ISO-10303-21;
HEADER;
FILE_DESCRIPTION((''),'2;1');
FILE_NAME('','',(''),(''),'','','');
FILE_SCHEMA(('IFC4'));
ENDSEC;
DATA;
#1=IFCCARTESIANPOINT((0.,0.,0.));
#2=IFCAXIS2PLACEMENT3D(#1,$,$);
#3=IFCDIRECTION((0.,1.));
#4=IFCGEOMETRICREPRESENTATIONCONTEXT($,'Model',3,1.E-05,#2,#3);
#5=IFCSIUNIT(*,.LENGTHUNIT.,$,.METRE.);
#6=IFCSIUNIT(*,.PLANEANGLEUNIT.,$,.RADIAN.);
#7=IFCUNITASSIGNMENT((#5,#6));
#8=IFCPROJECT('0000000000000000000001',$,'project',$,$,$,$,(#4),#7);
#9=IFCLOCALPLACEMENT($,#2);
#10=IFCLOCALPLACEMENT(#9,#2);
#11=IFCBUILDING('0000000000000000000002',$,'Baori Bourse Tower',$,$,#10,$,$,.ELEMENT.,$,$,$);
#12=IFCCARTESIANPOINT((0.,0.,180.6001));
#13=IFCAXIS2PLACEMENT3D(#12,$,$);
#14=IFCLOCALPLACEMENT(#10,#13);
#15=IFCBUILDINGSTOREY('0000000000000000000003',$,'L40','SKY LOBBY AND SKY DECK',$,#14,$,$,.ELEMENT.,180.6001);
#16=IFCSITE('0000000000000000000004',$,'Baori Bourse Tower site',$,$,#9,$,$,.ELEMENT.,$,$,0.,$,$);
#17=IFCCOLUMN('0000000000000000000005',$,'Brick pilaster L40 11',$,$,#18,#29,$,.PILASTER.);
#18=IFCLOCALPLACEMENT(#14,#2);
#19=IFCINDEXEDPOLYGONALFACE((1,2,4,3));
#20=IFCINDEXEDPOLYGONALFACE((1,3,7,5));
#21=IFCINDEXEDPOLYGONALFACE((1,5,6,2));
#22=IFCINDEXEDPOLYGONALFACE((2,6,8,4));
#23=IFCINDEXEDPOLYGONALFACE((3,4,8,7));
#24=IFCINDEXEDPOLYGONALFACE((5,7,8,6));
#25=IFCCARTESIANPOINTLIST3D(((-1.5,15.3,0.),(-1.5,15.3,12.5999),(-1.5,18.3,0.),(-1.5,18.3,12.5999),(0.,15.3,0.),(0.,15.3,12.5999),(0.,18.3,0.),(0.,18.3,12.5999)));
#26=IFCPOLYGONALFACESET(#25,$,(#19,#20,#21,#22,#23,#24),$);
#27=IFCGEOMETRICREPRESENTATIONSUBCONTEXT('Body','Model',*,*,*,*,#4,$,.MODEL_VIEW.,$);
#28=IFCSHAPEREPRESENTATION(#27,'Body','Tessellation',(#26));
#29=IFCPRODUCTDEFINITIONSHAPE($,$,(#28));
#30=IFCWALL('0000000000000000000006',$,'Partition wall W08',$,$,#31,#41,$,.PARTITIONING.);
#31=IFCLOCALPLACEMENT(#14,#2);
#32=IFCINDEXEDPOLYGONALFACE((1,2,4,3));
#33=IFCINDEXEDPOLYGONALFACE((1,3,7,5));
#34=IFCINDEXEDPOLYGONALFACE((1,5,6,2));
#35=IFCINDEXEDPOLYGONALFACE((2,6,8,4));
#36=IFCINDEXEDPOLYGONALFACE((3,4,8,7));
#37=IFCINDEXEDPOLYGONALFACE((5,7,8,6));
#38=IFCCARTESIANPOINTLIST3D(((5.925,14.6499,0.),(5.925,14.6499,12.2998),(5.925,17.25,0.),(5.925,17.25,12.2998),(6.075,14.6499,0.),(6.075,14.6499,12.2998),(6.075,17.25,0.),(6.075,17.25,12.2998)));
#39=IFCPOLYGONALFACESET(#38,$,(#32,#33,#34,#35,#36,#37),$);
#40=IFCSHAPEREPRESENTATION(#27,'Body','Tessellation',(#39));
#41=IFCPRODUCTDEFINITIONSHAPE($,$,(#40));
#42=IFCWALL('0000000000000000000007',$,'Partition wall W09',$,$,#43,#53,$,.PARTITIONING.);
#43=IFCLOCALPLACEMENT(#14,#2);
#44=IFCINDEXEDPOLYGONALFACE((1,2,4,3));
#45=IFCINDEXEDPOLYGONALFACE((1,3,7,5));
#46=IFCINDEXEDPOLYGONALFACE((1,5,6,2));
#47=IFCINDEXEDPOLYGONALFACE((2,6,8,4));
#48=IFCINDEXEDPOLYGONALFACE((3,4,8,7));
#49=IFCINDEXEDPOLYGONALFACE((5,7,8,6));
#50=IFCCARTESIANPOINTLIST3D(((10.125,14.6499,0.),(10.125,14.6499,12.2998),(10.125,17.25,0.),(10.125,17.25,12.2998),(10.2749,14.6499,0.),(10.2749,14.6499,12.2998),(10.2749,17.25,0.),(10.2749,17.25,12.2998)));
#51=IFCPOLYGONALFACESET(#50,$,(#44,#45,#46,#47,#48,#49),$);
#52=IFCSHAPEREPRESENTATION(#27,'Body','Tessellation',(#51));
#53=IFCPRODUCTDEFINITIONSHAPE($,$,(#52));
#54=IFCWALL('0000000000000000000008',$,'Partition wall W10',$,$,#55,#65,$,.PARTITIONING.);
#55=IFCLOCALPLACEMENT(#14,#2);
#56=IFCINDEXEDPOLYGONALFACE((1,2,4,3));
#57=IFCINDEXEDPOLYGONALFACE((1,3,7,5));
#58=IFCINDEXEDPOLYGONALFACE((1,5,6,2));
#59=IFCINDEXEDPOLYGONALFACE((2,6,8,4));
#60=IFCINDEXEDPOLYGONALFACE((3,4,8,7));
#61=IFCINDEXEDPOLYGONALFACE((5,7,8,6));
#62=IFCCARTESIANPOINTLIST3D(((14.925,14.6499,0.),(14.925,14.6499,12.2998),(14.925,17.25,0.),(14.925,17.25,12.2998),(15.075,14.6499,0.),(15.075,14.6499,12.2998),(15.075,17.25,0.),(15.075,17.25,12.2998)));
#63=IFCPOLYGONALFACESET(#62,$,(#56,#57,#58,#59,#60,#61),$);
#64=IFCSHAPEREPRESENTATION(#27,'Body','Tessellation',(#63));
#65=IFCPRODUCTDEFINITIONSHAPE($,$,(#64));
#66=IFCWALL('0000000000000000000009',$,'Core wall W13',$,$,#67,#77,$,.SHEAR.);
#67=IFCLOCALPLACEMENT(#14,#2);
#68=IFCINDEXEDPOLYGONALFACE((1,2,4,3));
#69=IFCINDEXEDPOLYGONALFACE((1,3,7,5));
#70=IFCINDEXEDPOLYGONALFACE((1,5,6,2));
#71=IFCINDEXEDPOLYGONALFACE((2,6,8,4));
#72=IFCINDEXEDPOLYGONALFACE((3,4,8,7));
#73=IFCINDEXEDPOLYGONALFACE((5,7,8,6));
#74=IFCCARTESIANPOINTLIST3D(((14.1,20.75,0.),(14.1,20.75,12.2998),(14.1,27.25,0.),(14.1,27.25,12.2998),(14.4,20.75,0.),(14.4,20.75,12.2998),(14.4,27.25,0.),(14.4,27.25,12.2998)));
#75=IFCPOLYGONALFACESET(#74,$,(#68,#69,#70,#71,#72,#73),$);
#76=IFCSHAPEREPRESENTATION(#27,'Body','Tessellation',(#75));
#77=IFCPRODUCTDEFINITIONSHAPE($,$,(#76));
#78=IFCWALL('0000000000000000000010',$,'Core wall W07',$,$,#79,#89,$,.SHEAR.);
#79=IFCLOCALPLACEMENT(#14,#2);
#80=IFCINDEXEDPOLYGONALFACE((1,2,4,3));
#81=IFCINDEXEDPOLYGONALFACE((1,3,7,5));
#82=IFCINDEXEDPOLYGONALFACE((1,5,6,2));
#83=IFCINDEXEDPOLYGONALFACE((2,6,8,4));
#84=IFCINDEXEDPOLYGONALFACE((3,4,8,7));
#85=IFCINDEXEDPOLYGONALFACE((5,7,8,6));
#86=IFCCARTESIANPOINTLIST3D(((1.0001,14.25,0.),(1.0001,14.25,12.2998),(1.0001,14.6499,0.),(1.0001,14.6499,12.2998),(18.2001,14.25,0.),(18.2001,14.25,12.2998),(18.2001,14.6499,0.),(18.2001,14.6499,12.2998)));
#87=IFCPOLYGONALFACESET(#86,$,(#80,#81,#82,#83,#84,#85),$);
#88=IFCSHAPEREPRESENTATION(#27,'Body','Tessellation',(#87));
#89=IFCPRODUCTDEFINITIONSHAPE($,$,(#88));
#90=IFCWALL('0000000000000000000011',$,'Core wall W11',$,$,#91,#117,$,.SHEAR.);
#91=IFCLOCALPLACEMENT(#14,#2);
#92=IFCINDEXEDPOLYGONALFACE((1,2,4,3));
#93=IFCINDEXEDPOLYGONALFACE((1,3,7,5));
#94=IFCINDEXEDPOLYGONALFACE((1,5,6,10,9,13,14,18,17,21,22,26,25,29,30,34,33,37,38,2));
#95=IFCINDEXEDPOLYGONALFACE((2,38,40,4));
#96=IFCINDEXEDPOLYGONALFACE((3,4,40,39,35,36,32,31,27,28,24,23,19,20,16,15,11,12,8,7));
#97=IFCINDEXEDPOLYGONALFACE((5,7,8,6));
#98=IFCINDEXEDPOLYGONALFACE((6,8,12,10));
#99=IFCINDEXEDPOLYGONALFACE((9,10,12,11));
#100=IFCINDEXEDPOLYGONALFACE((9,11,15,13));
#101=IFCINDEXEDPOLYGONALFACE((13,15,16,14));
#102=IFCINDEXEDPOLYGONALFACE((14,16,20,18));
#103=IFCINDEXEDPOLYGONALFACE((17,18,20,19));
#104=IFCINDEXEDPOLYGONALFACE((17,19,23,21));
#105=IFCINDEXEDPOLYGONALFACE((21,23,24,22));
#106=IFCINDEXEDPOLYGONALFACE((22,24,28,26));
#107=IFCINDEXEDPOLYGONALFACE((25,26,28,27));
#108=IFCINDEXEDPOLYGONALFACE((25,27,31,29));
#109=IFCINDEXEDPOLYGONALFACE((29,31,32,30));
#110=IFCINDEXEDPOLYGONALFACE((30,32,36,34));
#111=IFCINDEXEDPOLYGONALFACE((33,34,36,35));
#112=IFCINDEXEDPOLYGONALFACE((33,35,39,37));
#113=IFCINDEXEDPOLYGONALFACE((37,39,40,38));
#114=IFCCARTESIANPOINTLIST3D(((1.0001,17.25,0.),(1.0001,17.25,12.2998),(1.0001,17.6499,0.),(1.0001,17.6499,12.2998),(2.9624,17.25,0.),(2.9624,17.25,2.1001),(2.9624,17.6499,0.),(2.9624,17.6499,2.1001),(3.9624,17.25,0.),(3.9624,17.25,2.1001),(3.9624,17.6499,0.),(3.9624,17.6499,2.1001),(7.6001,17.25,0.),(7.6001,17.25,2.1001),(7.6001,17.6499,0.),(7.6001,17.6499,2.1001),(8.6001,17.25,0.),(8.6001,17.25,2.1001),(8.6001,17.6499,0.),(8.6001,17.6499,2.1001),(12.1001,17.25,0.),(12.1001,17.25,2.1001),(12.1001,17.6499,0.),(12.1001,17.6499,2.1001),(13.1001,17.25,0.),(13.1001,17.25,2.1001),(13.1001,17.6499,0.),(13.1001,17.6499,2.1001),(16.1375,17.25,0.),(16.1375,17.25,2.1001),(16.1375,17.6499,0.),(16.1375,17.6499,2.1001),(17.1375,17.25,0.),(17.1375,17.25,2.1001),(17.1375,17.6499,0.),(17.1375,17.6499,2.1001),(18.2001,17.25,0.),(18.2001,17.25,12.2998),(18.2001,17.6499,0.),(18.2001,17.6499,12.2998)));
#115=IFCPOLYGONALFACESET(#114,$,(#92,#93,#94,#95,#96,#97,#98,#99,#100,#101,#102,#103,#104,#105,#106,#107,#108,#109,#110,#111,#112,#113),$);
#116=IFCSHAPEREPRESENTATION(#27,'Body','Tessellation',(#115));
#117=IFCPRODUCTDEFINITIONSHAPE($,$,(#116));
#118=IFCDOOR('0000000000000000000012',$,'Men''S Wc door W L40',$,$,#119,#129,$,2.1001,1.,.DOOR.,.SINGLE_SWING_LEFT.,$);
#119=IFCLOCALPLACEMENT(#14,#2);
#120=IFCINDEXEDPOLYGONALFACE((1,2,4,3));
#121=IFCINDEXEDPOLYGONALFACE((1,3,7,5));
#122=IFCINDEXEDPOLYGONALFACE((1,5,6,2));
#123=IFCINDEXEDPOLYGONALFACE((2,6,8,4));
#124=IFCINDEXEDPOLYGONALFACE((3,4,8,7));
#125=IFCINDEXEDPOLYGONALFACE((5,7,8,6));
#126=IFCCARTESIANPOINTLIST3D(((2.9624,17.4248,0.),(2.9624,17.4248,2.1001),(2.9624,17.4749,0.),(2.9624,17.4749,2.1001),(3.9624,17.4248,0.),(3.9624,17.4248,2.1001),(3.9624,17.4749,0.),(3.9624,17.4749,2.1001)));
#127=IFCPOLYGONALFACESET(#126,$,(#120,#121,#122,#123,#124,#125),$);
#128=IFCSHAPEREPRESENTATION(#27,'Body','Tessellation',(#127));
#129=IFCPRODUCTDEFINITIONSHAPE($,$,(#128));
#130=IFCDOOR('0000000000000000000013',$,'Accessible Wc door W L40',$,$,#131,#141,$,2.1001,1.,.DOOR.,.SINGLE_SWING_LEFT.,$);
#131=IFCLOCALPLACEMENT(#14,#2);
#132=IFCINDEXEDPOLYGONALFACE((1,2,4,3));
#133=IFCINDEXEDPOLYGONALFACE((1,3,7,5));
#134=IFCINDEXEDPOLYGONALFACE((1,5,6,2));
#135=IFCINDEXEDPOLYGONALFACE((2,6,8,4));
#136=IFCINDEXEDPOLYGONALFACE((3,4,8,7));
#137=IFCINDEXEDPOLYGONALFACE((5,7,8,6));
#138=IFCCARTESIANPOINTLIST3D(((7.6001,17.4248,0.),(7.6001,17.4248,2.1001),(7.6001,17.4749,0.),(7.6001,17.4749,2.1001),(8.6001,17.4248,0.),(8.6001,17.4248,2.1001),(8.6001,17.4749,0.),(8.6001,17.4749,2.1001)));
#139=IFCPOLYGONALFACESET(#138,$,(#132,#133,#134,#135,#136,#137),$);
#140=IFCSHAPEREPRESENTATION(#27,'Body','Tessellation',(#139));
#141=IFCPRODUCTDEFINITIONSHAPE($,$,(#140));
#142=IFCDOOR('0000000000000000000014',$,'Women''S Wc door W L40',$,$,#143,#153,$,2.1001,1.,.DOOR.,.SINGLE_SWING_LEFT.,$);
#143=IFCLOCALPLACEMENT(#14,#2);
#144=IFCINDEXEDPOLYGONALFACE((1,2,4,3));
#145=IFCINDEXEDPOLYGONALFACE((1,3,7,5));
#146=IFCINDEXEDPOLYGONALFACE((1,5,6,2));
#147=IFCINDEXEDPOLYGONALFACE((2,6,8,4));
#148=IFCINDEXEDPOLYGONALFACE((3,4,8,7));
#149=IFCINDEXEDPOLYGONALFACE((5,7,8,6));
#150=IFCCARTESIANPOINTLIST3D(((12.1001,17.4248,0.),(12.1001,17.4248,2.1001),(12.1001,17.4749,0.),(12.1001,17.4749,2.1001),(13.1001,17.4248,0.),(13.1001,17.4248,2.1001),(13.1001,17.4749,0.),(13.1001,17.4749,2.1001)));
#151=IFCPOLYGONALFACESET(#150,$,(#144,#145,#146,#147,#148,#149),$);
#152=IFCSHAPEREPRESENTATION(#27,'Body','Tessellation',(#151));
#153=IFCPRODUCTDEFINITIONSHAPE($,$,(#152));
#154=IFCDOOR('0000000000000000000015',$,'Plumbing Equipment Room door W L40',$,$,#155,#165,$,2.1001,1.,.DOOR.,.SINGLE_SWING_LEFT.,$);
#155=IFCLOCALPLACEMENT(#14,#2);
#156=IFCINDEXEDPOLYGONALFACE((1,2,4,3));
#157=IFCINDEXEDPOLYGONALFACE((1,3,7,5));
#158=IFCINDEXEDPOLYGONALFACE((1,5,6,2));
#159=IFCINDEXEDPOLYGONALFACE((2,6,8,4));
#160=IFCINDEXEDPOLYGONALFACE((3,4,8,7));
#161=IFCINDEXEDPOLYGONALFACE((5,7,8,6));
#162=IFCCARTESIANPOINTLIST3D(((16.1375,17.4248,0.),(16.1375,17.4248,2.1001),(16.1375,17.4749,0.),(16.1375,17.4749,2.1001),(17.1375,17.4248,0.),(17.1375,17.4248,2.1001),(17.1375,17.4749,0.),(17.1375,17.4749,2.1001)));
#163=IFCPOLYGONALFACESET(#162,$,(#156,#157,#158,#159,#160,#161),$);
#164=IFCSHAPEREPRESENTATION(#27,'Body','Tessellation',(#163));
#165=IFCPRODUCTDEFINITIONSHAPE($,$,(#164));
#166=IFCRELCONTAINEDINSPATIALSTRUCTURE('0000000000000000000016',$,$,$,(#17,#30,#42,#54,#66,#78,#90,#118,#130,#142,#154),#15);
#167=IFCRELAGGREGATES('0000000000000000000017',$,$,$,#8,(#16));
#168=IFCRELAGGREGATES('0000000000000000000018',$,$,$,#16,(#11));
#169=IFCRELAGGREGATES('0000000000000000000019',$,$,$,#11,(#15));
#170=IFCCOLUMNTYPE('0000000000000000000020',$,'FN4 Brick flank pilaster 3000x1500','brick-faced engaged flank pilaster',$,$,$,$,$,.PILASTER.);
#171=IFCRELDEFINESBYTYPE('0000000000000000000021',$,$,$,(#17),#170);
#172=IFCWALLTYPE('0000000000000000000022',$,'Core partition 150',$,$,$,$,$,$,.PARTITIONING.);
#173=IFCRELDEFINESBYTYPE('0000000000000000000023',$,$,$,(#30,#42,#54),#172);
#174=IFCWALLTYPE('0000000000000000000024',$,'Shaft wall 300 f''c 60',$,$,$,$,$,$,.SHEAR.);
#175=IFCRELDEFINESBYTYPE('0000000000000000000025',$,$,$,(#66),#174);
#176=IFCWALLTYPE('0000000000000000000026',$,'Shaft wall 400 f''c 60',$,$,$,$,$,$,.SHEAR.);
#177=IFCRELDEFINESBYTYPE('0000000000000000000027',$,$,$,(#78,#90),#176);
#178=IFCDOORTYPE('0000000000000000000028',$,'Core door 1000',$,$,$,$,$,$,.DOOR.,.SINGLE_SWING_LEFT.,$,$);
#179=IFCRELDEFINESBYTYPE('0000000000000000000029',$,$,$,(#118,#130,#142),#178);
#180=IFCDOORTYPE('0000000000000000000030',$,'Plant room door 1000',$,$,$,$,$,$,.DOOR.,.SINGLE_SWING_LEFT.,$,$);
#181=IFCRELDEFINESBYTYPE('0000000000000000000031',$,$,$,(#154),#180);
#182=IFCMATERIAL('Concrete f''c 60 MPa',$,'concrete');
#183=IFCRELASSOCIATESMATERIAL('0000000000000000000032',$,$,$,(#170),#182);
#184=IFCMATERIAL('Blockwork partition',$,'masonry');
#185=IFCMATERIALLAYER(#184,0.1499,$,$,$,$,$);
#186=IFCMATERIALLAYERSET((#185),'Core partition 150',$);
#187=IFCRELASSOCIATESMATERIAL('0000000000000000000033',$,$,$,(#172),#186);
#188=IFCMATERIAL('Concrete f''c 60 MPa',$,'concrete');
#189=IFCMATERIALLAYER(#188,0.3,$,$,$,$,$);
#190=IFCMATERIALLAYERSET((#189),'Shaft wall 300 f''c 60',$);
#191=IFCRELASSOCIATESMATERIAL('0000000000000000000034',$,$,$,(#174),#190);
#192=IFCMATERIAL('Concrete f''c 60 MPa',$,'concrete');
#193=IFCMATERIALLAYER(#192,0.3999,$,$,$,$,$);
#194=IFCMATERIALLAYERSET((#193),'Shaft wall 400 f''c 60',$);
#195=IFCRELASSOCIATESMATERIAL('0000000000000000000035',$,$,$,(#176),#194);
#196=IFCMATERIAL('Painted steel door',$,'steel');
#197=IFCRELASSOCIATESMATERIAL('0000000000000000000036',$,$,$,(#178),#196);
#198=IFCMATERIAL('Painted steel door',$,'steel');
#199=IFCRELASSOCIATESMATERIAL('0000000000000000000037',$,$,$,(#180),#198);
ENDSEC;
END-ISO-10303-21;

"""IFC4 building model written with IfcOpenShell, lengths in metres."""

from ifc_helpers import new_model, si_unit, direction, frame, frame_2d, origin, origin_2d, place, context, subcontext, project, spatial, rectangle, extrude, material, layer, layer_set, material_profile, profile_set, type_object, element, fill, save


model = new_model("IFC4")

# Units and contexts
model_context = context("Model", 3, precision=1e-05, world=origin(), true_north=direction((0.0, 1.0)))
body_context = subcontext(model_context, "Body", "Model", "MODEL_VIEW")
ifc_project = project(units=[si_unit("LENGTHUNIT", "METRE"), si_unit("PLANEANGLEUNIT", "RADIAN")], contexts=[model_context])

# Site, building, storey
site_placement = place(None, origin())
site = spatial("IfcSite", under=ifc_project, at=site_placement, Name="Baori Bourse Tower site", CompositionType="ELEMENT", RefElevation=0.0)
building_placement = place(site_placement, origin())
building = spatial("IfcBuilding", under=site, at=building_placement, Name="Baori Bourse Tower", CompositionType="ELEMENT")
storey_placement = place(building_placement, frame((0.0, 0.0, 180.6001)))
storey = spatial("IfcBuildingStorey", under=building, at=storey_placement, Name="L40", Description="SKY LOBBY AND SKY DECK", CompositionType="ELEMENT", Elevation=180.6001)

# Column
ifc_material_1 = material(Name="Concrete f'c 60 MPa", Category="concrete")
ifc_material_profile = material_profile(ifc_material_1, rectangle(XDim=3.0, YDim=1.5, at=origin_2d()), Name="RC 3000x1500")
ifc_profile_set = profile_set([ifc_material_profile], Name="Concrete f'c 60 MPa")
column_type = type_object("IfcColumnType", Name="FN4 Brick flank pilaster 3000x1500", Description="brick-faced engaged flank pilaster", PredefinedType="PILASTER", material=ifc_profile_set)
column_placement = place(storey_placement, frame((-0.75, 16.8, 0.0), z_axis=(0.0, 0.0, 1.0), x_axis=(0.0, 1.0, 0.0)))
element("IfcColumn", 1, at=column_placement, inside=storey, type_object=column_type, Name="Brick pilaster L40 11", PredefinedType="PILASTER", context=body_context, shape_type="SweptSolid", body=[
    extrude(rectangle(XDim=3.0, YDim=1.5, at=origin_2d()), origin(), (0.0, 0.0, 1.0), 12.5999),
])

# Walls
ifc_material_2 = material(Name="Blockwork partition", Category="masonry")
ifc_layer_1 = layer(ifc_material_2, 0.1499)
ifc_layer_set_1 = layer_set([ifc_layer_1], Name="Core partition 150")
wall_type_1 = type_object("IfcWallType", Name="Core partition 150", PredefinedType="PARTITIONING", material=ifc_layer_set_1)
for number, where, z_axis, x_axis, name in (
    (2, (6.0, 14.6499, 0.0), (0.0, 0.0, 1.0), (0.0, 1.0, 0.0), "Partition wall W08"),
    (3, (10.2, 14.6499, 0.0), (0.0, 0.0, 1.0), (0.0, 1.0, 0.0), "Partition wall W09"),
    (4, (15.0, 14.6499, 0.0), (0.0, 0.0, 1.0), (0.0, 1.0, 0.0), "Partition wall W10"),
):
    element("IfcWall", number, at=place(storey_placement, frame(where, z_axis=z_axis, x_axis=x_axis)), inside=storey, type_object=wall_type_1, Name=name, PredefinedType="PARTITIONING", context=body_context, shape_type="SweptSolid", body=[
        extrude(rectangle(XDim=2.6001, YDim=0.1499, at=frame_2d((1.3, 0.0))), origin(), (0.0, 0.0, 1.0), 12.2998),
    ])
ifc_material_3 = material(Name="Concrete f'c 60 MPa", Category="concrete")
ifc_layer_2 = layer(ifc_material_3, 0.3)
ifc_layer_set_2 = layer_set([ifc_layer_2], Name="Shaft wall 300 f'c 60")
wall_type_2 = type_object("IfcWallType", Name="Shaft wall 300 f'c 60", PredefinedType="SHEAR", material=ifc_layer_set_2)
wall_1_placement = place(storey_placement, frame((14.25, 20.75, 0.0), z_axis=(0.0, 0.0, 1.0), x_axis=(0.0, 1.0, 0.0)))
element("IfcWall", 5, at=wall_1_placement, inside=storey, type_object=wall_type_2, Name="Core wall W13", PredefinedType="SHEAR", context=body_context, shape_type="SweptSolid", body=[
    extrude(rectangle(XDim=6.5, YDim=0.3, at=frame_2d((3.25, 0.0))), origin(), (0.0, 0.0, 1.0), 12.2998),
])
ifc_material_4 = material(Name="Concrete f'c 60 MPa", Category="concrete")
ifc_layer_3 = layer(ifc_material_4, 0.3999)
ifc_layer_set_3 = layer_set([ifc_layer_3], Name="Shaft wall 400 f'c 60")
wall_type_3 = type_object("IfcWallType", Name="Shaft wall 400 f'c 60", PredefinedType="SHEAR", material=ifc_layer_set_3)
wall_2_placement = place(storey_placement, frame((1.0, 14.45, 0.0), z_axis=(0.0, 0.0, 1.0), x_axis=(1.0, 0.0, 0.0)))
element("IfcWall", 6, at=wall_2_placement, inside=storey, type_object=wall_type_3, Name="Core wall W07", PredefinedType="SHEAR", context=body_context, shape_type="SweptSolid", body=[
    extrude(rectangle(XDim=17.2, YDim=0.3999, at=frame_2d((8.6001, 0.0))), origin(), (0.0, 0.0, 1.0), 12.2998),
])

# Wall, openings, doors
wall_3_placement = place(storey_placement, frame((1.0, 17.45, 0.0), z_axis=(0.0, 0.0, 1.0), x_axis=(1.0, 0.0, 0.0)))
wall_3 = element("IfcWall", 7, at=wall_3_placement, inside=storey, type_object=wall_type_3, Name="Core wall W11", PredefinedType="SHEAR", context=body_context, shape_type="SweptSolid", body=[
    extrude(rectangle(XDim=17.2, YDim=0.3999, at=frame_2d((8.6001, 0.0))), origin(), (0.0, 0.0, 1.0), 12.2998),
])
opening_1_placement = place(wall_3_placement, frame((1.9624, 0.0, 0.0)))
opening_1 = element("IfcOpeningElement", 8, at=opening_1_placement, cuts=wall_3, PredefinedType="OPENING", context=body_context, shape_type="SweptSolid", body=[
    extrude(rectangle(XDim=1.0, YDim=2.1001, at=frame_2d((0.5, 1.05))), frame((0.0, 0.21, 0.0), z_axis=(0.0, -1.0, 0.0), x_axis=(1.0, 0.0, 0.0)), (0.0, 0.0, 1.0), 0.4199),
])
opening_2_placement = place(wall_3_placement, frame((6.6001, 0.0, 0.0)))
opening_2 = element("IfcOpeningElement", 9, at=opening_2_placement, cuts=wall_3, PredefinedType="OPENING", context=body_context, shape_type="SweptSolid", body=[
    extrude(rectangle(XDim=1.0, YDim=2.1001, at=frame_2d((0.5, 1.05))), frame((0.0, 0.21, 0.0), z_axis=(0.0, -1.0, 0.0), x_axis=(1.0, 0.0, 0.0)), (0.0, 0.0, 1.0), 0.4199),
])
opening_3_placement = place(wall_3_placement, frame((11.1001, 0.0, 0.0)))
opening_3 = element("IfcOpeningElement", 10, at=opening_3_placement, cuts=wall_3, PredefinedType="OPENING", context=body_context, shape_type="SweptSolid", body=[
    extrude(rectangle(XDim=1.0, YDim=2.1001, at=frame_2d((0.5, 1.05))), frame((0.0, 0.21, 0.0), z_axis=(0.0, -1.0, 0.0), x_axis=(1.0, 0.0, 0.0)), (0.0, 0.0, 1.0), 0.4199),
])
opening_4_placement = place(wall_3_placement, frame((15.1375, 0.0, 0.0)))
opening_4 = element("IfcOpeningElement", 11, at=opening_4_placement, cuts=wall_3, PredefinedType="OPENING", context=body_context, shape_type="SweptSolid", body=[
    extrude(rectangle(XDim=1.0, YDim=2.1001, at=frame_2d((0.5, 1.05))), frame((0.0, 0.21, 0.0), z_axis=(0.0, -1.0, 0.0), x_axis=(1.0, 0.0, 0.0)), (0.0, 0.0, 1.0), 0.4199),
])
ifc_material_5 = material(Name="Painted steel door", Category="steel")
door_type_1 = type_object("IfcDoorType", Name="Core door 1000", OperationType="SINGLE_SWING_LEFT", PredefinedType="DOOR", material=ifc_material_5)
door_1_placement = place(opening_1_placement, origin())
door_1 = element("IfcDoor", 12, at=door_1_placement, inside=storey, type_object=door_type_1, Name="Men'S Wc door W L40", OperationType="SINGLE_SWING_LEFT", OverallHeight=2.1001, OverallWidth=1.0, PredefinedType="DOOR", context=body_context, shape_type="SweptSolid", body=[
    extrude(rectangle(XDim=1.0, YDim=2.1001, at=frame_2d((0.5, 1.05))), frame((0.0, 0.0249, 0.0), z_axis=(0.0, -1.0, 0.0), x_axis=(1.0, 0.0, 0.0)), (0.0, 0.0, 1.0), 0.05),
])
fill(opening_1, door_1)
door_2_placement = place(opening_2_placement, origin())
door_2 = element("IfcDoor", 13, at=door_2_placement, inside=storey, type_object=door_type_1, Name="Accessible Wc door W L40", OperationType="SINGLE_SWING_LEFT", OverallHeight=2.1001, OverallWidth=1.0, PredefinedType="DOOR", context=body_context, shape_type="SweptSolid", body=[
    extrude(rectangle(XDim=1.0, YDim=2.1001, at=frame_2d((0.5, 1.05))), frame((0.0, 0.0249, 0.0), z_axis=(0.0, -1.0, 0.0), x_axis=(1.0, 0.0, 0.0)), (0.0, 0.0, 1.0), 0.05),
])
fill(opening_2, door_2)
door_3_placement = place(opening_3_placement, origin())
door_3 = element("IfcDoor", 14, at=door_3_placement, inside=storey, type_object=door_type_1, Name="Women'S Wc door W L40", OperationType="SINGLE_SWING_LEFT", OverallHeight=2.1001, OverallWidth=1.0, PredefinedType="DOOR", context=body_context, shape_type="SweptSolid", body=[
    extrude(rectangle(XDim=1.0, YDim=2.1001, at=frame_2d((0.5, 1.05))), frame((0.0, 0.0249, 0.0), z_axis=(0.0, -1.0, 0.0), x_axis=(1.0, 0.0, 0.0)), (0.0, 0.0, 1.0), 0.05),
])
fill(opening_3, door_3)
ifc_material_6 = material(Name="Painted steel door", Category="steel")
door_type_2 = type_object("IfcDoorType", Name="Plant room door 1000", OperationType="SINGLE_SWING_LEFT", PredefinedType="DOOR", material=ifc_material_6)
door_4_placement = place(opening_4_placement, origin())
door_4 = element("IfcDoor", 15, at=door_4_placement, inside=storey, type_object=door_type_2, Name="Plumbing Equipment Room door W L40", OperationType="SINGLE_SWING_LEFT", OverallHeight=2.1001, OverallWidth=1.0, PredefinedType="DOOR", context=body_context, shape_type="SweptSolid", body=[
    extrude(rectangle(XDim=1.0, YDim=2.1001, at=frame_2d((0.5, 1.05))), frame((0.0, 0.0249, 0.0), z_axis=(0.0, -1.0, 0.0), x_axis=(1.0, 0.0, 0.0)), (0.0, 0.0, 1.0), 0.05),
])
fill(opening_4, door_4)

save(model, "model.ifc")
